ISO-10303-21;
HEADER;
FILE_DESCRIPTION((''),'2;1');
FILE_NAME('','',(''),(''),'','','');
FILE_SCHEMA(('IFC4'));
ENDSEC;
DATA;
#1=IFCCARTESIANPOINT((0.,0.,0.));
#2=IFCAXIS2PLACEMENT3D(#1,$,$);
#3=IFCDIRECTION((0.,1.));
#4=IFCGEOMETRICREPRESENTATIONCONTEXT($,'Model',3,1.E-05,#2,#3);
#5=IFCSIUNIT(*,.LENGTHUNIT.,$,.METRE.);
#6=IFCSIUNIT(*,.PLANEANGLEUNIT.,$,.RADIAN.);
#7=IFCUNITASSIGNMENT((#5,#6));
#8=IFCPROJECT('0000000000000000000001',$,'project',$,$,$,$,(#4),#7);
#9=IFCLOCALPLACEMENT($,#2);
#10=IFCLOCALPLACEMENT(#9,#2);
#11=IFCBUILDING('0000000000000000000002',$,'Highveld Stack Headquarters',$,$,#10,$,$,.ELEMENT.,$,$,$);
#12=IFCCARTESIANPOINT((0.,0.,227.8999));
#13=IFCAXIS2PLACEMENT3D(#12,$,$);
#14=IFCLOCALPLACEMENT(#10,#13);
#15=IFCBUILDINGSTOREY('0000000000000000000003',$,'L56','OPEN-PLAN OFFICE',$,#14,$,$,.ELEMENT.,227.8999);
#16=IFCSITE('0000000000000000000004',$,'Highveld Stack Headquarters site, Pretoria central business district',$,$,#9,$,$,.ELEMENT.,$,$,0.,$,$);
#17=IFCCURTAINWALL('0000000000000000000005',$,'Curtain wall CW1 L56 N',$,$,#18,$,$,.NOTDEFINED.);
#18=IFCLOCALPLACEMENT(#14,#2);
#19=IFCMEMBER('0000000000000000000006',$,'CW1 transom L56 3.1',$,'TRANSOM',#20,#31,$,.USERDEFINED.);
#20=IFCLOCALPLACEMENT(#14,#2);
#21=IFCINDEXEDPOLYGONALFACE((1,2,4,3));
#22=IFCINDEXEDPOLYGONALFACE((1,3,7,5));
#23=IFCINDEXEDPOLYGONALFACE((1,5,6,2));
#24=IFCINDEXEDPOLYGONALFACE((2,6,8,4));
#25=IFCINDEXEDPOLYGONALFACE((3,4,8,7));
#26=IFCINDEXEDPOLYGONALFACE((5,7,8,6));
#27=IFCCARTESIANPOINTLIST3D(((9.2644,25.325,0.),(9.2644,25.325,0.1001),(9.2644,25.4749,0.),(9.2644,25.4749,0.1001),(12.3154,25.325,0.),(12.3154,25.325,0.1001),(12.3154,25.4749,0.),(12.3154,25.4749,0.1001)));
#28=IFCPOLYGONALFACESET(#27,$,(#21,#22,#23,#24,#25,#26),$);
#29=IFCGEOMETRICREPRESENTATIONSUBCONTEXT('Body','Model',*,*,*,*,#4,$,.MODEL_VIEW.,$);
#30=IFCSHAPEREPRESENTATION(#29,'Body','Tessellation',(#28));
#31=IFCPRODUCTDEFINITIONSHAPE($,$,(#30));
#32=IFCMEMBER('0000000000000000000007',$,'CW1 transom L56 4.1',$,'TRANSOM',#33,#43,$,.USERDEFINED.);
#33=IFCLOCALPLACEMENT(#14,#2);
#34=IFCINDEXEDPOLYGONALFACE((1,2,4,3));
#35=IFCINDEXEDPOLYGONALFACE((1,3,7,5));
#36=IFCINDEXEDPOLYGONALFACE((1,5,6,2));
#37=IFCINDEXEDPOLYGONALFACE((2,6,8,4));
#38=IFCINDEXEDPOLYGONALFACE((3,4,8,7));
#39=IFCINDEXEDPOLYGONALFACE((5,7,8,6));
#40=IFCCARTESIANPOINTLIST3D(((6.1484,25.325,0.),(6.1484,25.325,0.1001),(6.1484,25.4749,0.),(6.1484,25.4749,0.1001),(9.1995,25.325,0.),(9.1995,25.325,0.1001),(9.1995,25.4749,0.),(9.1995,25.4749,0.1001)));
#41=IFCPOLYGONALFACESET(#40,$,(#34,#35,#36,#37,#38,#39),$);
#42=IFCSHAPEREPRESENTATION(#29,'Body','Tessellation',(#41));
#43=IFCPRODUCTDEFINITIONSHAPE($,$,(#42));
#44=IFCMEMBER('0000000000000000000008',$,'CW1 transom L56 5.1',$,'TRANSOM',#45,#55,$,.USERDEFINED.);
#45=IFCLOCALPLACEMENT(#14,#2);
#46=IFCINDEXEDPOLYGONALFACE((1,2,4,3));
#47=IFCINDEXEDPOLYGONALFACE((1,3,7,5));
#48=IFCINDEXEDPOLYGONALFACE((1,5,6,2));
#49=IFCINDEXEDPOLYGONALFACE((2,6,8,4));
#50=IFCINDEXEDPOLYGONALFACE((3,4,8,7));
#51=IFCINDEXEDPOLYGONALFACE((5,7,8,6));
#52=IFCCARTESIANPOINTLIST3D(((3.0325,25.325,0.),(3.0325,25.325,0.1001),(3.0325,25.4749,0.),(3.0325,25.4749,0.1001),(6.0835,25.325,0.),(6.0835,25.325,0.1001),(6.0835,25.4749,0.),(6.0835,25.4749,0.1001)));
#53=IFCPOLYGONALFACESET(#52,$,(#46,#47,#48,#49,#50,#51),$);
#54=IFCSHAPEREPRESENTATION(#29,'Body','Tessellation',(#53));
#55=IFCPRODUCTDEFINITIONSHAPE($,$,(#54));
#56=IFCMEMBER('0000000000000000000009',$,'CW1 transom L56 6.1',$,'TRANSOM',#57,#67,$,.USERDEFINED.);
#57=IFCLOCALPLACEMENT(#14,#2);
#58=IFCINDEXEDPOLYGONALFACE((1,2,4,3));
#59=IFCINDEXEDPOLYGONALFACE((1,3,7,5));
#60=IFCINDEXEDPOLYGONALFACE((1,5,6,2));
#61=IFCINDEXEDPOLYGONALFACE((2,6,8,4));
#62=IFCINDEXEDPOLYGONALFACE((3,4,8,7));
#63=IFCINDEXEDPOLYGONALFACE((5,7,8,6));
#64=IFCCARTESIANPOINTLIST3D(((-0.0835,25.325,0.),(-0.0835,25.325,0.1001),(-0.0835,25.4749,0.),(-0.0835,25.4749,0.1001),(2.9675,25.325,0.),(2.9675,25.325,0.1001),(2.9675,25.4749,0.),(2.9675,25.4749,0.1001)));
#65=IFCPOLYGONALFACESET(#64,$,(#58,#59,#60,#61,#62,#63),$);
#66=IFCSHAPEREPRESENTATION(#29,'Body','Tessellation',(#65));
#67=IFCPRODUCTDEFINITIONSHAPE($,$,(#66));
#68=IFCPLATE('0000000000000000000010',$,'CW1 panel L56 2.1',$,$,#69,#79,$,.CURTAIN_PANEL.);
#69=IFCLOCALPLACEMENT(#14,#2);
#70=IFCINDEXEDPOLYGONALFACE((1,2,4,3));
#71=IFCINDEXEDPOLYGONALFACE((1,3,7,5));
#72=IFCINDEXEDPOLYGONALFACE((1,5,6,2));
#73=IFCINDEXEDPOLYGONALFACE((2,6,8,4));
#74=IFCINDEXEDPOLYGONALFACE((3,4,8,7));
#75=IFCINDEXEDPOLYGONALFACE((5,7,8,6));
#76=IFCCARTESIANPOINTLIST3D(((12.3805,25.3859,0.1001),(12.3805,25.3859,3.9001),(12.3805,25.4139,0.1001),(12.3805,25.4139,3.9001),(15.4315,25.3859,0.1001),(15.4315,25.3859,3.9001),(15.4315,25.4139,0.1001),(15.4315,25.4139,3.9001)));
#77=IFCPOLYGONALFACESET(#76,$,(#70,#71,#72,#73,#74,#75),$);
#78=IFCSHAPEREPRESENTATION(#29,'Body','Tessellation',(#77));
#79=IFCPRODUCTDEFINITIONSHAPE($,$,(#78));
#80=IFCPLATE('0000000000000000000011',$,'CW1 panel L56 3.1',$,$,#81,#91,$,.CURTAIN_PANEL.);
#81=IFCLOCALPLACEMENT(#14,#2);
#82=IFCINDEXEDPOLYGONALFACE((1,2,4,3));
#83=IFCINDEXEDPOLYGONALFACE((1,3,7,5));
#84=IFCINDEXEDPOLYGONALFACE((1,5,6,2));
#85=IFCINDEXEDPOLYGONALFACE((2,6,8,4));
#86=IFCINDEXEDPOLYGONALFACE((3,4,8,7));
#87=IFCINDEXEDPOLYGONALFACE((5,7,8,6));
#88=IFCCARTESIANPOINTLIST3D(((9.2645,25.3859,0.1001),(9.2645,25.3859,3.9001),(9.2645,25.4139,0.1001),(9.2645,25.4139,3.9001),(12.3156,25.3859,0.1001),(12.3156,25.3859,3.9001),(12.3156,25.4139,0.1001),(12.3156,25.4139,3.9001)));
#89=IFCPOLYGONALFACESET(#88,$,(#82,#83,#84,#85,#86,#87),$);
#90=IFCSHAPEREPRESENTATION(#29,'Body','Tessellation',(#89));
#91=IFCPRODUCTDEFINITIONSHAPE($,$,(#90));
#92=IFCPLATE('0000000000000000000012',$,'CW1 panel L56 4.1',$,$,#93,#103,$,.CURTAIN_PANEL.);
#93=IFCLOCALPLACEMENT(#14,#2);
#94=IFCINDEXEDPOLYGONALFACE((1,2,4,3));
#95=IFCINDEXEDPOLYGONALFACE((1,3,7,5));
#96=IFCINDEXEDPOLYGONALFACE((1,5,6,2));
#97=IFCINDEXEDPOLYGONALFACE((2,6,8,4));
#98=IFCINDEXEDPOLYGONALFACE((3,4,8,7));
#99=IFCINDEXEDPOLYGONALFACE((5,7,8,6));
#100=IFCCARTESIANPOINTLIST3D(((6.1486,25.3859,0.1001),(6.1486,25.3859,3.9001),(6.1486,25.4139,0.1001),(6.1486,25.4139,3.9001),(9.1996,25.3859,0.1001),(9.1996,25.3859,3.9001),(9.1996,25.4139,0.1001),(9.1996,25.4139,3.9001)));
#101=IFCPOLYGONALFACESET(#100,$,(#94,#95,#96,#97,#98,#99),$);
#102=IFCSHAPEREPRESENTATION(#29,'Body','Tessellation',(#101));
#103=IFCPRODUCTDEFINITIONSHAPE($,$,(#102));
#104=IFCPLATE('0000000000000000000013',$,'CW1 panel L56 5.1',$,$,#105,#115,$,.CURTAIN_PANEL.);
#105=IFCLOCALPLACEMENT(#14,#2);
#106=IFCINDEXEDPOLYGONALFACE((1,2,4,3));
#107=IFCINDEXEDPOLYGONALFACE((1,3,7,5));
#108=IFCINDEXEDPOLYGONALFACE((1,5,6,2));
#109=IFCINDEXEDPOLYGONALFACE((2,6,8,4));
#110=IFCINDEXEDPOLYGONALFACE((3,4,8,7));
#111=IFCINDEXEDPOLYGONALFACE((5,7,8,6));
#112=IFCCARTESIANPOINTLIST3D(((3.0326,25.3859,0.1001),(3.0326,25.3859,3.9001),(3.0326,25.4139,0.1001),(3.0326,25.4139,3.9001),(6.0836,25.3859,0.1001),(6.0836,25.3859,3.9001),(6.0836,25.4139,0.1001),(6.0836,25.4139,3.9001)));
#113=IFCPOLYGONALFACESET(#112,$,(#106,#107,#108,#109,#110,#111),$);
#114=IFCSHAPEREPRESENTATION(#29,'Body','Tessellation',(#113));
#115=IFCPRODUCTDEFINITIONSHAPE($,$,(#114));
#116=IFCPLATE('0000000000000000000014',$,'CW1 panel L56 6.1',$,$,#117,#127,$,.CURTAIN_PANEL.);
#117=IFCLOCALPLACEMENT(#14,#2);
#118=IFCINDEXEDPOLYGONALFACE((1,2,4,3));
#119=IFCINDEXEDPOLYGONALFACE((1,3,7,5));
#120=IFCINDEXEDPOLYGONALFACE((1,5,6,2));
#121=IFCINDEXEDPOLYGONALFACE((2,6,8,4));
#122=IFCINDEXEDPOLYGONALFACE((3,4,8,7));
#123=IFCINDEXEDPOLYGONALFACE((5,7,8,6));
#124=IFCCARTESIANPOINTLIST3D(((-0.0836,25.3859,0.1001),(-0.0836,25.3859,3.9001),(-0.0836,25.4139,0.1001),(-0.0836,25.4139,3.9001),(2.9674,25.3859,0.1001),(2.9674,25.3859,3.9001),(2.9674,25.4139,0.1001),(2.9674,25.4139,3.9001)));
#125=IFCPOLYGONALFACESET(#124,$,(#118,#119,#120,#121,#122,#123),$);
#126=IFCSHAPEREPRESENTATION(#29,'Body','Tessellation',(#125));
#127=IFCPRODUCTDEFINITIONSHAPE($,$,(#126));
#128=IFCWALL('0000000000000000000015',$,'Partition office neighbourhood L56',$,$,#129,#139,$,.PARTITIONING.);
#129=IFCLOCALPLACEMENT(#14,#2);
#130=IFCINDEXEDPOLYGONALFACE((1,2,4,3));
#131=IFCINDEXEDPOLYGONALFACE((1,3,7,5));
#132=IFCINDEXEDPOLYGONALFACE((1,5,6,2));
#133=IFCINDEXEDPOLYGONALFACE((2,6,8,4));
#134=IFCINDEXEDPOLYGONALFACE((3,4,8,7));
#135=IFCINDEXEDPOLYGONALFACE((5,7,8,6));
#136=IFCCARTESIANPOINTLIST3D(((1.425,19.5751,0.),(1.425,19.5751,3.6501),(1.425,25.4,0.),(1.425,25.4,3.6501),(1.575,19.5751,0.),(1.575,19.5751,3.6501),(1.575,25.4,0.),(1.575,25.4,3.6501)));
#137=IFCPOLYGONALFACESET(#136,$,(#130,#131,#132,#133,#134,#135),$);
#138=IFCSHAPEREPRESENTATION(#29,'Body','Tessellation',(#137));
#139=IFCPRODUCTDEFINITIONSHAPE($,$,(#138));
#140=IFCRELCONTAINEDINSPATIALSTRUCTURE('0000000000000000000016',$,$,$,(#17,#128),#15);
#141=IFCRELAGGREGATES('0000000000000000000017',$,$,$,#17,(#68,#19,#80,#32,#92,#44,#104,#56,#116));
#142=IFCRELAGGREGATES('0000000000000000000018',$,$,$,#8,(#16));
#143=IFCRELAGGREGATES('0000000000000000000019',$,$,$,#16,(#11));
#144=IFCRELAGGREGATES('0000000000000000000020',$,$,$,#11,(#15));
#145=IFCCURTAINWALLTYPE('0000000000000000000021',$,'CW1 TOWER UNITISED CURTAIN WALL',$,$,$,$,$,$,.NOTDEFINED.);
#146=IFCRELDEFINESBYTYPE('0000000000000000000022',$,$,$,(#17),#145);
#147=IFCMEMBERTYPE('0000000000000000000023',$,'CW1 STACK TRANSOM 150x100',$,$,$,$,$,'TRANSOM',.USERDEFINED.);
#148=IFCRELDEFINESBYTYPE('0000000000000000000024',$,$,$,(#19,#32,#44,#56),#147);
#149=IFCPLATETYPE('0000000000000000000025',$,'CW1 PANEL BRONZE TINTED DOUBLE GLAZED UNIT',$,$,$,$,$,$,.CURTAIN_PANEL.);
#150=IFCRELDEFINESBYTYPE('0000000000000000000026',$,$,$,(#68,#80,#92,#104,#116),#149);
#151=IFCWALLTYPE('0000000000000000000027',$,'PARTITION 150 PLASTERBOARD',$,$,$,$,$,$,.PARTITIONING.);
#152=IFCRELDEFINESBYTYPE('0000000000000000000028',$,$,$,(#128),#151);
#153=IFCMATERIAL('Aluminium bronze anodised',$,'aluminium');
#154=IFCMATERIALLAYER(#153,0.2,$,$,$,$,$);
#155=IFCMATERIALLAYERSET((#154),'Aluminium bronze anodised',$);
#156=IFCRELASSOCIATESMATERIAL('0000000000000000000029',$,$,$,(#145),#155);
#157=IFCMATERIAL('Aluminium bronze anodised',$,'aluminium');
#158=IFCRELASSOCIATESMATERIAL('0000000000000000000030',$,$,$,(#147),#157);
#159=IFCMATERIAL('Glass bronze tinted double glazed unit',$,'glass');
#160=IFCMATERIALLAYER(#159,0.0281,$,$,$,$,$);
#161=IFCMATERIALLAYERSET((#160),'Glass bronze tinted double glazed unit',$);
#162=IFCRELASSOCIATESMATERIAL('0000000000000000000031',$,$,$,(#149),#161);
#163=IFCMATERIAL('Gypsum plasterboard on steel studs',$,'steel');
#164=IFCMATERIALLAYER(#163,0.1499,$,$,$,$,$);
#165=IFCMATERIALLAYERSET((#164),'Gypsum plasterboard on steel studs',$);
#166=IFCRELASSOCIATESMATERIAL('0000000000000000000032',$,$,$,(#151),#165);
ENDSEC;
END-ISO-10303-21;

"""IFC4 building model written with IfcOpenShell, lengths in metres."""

from ifc_helpers import new_model, si_unit, direction, frame, frame_2d, origin, origin_2d, place, context, subcontext, project, spatial, rectangle, extrude, material, layer, layer_set, material_profile, profile_set, type_object, element, aggregate, save


model = new_model("IFC4")

# Units and contexts
model_context = context("Model", 3, precision=1e-05, world=origin(), true_north=direction((0.0, 1.0)))
body_context = subcontext(model_context, "Body", "Model", "MODEL_VIEW")
ifc_project = project(units=[si_unit("LENGTHUNIT", "METRE"), si_unit("PLANEANGLEUNIT", "RADIAN")], contexts=[model_context])

# Site, building, storey
site_placement = place(None, origin())
site = spatial("IfcSite", under=ifc_project, at=site_placement, Name="Highveld Stack Headquarters site, Pretoria central business district", CompositionType="ELEMENT", RefElevation=0.0)
building_placement = place(site_placement, origin())
building = spatial("IfcBuilding", under=site, at=building_placement, Name="Highveld Stack Headquarters", CompositionType="ELEMENT")
storey_placement = place(building_placement, frame((0.0, 0.0, 227.8999)))
storey = spatial("IfcBuildingStorey", under=building, at=storey_placement, Name="L56", Description="OPEN-PLAN OFFICE", CompositionType="ELEMENT", Elevation=227.8999)

# Curtain wall, members, plates
ifc_material_1 = material(Name="Aluminium bronze anodised", Category="aluminium")
ifc_layer_1 = layer(ifc_material_1, 0.2)
ifc_layer_set_1 = layer_set([ifc_layer_1], Name="Aluminium bronze anodised")
curtain_wall_type = type_object("IfcCurtainWallType", Name="CW1 TOWER UNITISED CURTAIN WALL", PredefinedType="NOTDEFINED", material=ifc_layer_set_1)
curtain_wall_placement = place(storey_placement, origin())
curtain_wall = element("IfcCurtainWall", 1, at=curtain_wall_placement, inside=storey, type_object=curtain_wall_type, Name="Curtain wall CW1 L56 N", PredefinedType="NOTDEFINED")
ifc_material_2 = material(Name="Aluminium bronze anodised", Category="aluminium")
ifc_material_profile_1 = material_profile(ifc_material_2, rectangle(XDim=0.1499, YDim=0.1001, at=origin_2d()), Name="CW1 TRANSOM 150x100")
ifc_profile_set_1 = profile_set([ifc_material_profile_1], Name="Aluminium bronze anodised")
member_type_1 = type_object("IfcMemberType", Name="CW1 STACK TRANSOM 150x100", ElementType="TRANSOM", PredefinedType="USERDEFINED", material=ifc_profile_set_1)
member_1_placement = place(storey_placement, frame((12.3154, 25.3999, 0.05), z_axis=(-1.0, 0.0, 0.0), x_axis=(0.0, -1.0, 0.0)))
member_1 = element("IfcMember", 2, at=member_1_placement, type_object=member_type_1, Name="CW1 transom L56 3.1", ObjectType="TRANSOM", PredefinedType="USERDEFINED", context=body_context, shape_type="SweptSolid", body=[
    extrude(rectangle(XDim=0.1499, YDim=0.1001, at=origin_2d()), origin(), (0.0, 0.0, 1.0), 3.051),
])
member_2_placement = place(storey_placement, frame((9.1995, 25.3999, 0.05), z_axis=(-1.0, 0.0, 0.0), x_axis=(0.0, -1.0, 0.0)))
member_2 = element("IfcMember", 3, at=member_2_placement, type_object=member_type_1, Name="CW1 transom L56 4.1", ObjectType="TRANSOM", PredefinedType="USERDEFINED", context=body_context, shape_type="SweptSolid", body=[
    extrude(rectangle(XDim=0.1499, YDim=0.1001, at=origin_2d()), origin(), (0.0, 0.0, 1.0), 3.051),
])
member_3_placement = place(storey_placement, frame((6.0835, 25.3999, 0.05), z_axis=(-1.0, 0.0, 0.0), x_axis=(0.0, -1.0, 0.0)))
member_3 = element("IfcMember", 4, at=member_3_placement, type_object=member_type_1, Name="CW1 transom L56 5.1", ObjectType="TRANSOM", PredefinedType="USERDEFINED", context=body_context, shape_type="SweptSolid", body=[
    extrude(rectangle(XDim=0.1499, YDim=0.1001, at=origin_2d()), origin(), (0.0, 0.0, 1.0), 3.051),
])
member_4_placement = place(storey_placement, frame((2.9675, 25.3999, 0.05), z_axis=(-1.0, 0.0, 0.0), x_axis=(0.0, -1.0, 0.0)))
member_4 = element("IfcMember", 5, at=member_4_placement, type_object=member_type_1, Name="CW1 transom L56 6.1", ObjectType="TRANSOM", PredefinedType="USERDEFINED", context=body_context, shape_type="SweptSolid", body=[
    extrude(rectangle(XDim=0.1499, YDim=0.1001, at=origin_2d()), origin(), (0.0, 0.0, 1.0), 3.051),
])
ifc_material_3 = material(Name="Glass bronze tinted double glazed unit", Category="glass")
ifc_layer_2 = layer(ifc_material_3, 0.0281)
ifc_layer_set_2 = layer_set([ifc_layer_2], Name="Glass bronze tinted double glazed unit")
plate_type = type_object("IfcPlateType", Name="CW1 PANEL BRONZE TINTED DOUBLE GLAZED UNIT", PredefinedType="CURTAIN_PANEL", material=ifc_layer_set_2)
plate_1_placement = place(storey_placement, frame((13.906, 25.3999, 0.1001), z_axis=(0.0, 0.0, 1.0), x_axis=(-1.0, 0.0, 0.0)))
plate_1 = element("IfcPlate", 6, at=plate_1_placement, type_object=plate_type, Name="CW1 panel L56 2.1", PredefinedType="CURTAIN_PANEL", context=body_context, shape_type="SweptSolid", body=[
    extrude(rectangle(XDim=3.051, YDim=0.0281, at=origin_2d()), origin(), (0.0, 0.0, 1.0), 3.8),
])
plate_2_placement = place(storey_placement, frame((10.79, 25.3999, 0.1001), z_axis=(0.0, 0.0, 1.0), x_axis=(-1.0, 0.0, 0.0)))
plate_2 = element("IfcPlate", 7, at=plate_2_placement, type_object=plate_type, Name="CW1 panel L56 3.1", PredefinedType="CURTAIN_PANEL", context=body_context, shape_type="SweptSolid", body=[
    extrude(rectangle(XDim=3.051, YDim=0.0281, at=origin_2d()), origin(), (0.0, 0.0, 1.0), 3.8),
])
plate_3_placement = place(storey_placement, frame((7.6741, 25.3999, 0.1001), z_axis=(0.0, 0.0, 1.0), x_axis=(-1.0, 0.0, 0.0)))
plate_3 = element("IfcPlate", 8, at=plate_3_placement, type_object=plate_type, Name="CW1 panel L56 4.1", PredefinedType="CURTAIN_PANEL", context=body_context, shape_type="SweptSolid", body=[
    extrude(rectangle(XDim=3.051, YDim=0.0281, at=origin_2d()), origin(), (0.0, 0.0, 1.0), 3.8),
])
plate_4_placement = place(storey_placement, frame((4.5581, 25.3999, 0.1001), z_axis=(0.0, 0.0, 1.0), x_axis=(-1.0, 0.0, 0.0)))
plate_4 = element("IfcPlate", 9, at=plate_4_placement, type_object=plate_type, Name="CW1 panel L56 5.1", PredefinedType="CURTAIN_PANEL", context=body_context, shape_type="SweptSolid", body=[
    extrude(rectangle(XDim=3.051, YDim=0.0281, at=origin_2d()), origin(), (0.0, 0.0, 1.0), 3.8),
])
plate_5_placement = place(storey_placement, frame((1.4419, 25.3999, 0.1001), z_axis=(0.0, 0.0, 1.0), x_axis=(-1.0, 0.0, 0.0)))
plate_5 = element("IfcPlate", 10, at=plate_5_placement, type_object=plate_type, Name="CW1 panel L56 6.1", PredefinedType="CURTAIN_PANEL", context=body_context, shape_type="SweptSolid", body=[
    extrude(rectangle(XDim=3.051, YDim=0.0281, at=origin_2d()), origin(), (0.0, 0.0, 1.0), 3.8),
])
aggregate(curtain_wall, [plate_1, member_1, plate_2, member_2, plate_3, member_3, plate_4, member_4, plate_5])

# Wall
ifc_material_4 = material(Name="Gypsum plasterboard on steel studs", Category="steel")
ifc_layer_3 = layer(ifc_material_4, 0.1499)
ifc_layer_set_3 = layer_set([ifc_layer_3], Name="Gypsum plasterboard on steel studs")
wall_type = type_object("IfcWallType", Name="PARTITION 150 PLASTERBOARD", PredefinedType="PARTITIONING", material=ifc_layer_set_3)
wall_placement = place(storey_placement, frame((1.5, 19.575, 0.0), z_axis=(0.0, 0.0, 1.0), x_axis=(0.0, 1.0, 0.0)))
element("IfcWall", 11, at=wall_placement, inside=storey, type_object=wall_type, Name="Partition office neighbourhood L56", PredefinedType="PARTITIONING", context=body_context, shape_type="SweptSolid", body=[
    extrude(rectangle(XDim=5.825, YDim=0.1499, at=frame_2d((2.9126, 0.0))), origin(), (0.0, 0.0, 1.0), 3.6501),
])

save(model, "model.ifc")
